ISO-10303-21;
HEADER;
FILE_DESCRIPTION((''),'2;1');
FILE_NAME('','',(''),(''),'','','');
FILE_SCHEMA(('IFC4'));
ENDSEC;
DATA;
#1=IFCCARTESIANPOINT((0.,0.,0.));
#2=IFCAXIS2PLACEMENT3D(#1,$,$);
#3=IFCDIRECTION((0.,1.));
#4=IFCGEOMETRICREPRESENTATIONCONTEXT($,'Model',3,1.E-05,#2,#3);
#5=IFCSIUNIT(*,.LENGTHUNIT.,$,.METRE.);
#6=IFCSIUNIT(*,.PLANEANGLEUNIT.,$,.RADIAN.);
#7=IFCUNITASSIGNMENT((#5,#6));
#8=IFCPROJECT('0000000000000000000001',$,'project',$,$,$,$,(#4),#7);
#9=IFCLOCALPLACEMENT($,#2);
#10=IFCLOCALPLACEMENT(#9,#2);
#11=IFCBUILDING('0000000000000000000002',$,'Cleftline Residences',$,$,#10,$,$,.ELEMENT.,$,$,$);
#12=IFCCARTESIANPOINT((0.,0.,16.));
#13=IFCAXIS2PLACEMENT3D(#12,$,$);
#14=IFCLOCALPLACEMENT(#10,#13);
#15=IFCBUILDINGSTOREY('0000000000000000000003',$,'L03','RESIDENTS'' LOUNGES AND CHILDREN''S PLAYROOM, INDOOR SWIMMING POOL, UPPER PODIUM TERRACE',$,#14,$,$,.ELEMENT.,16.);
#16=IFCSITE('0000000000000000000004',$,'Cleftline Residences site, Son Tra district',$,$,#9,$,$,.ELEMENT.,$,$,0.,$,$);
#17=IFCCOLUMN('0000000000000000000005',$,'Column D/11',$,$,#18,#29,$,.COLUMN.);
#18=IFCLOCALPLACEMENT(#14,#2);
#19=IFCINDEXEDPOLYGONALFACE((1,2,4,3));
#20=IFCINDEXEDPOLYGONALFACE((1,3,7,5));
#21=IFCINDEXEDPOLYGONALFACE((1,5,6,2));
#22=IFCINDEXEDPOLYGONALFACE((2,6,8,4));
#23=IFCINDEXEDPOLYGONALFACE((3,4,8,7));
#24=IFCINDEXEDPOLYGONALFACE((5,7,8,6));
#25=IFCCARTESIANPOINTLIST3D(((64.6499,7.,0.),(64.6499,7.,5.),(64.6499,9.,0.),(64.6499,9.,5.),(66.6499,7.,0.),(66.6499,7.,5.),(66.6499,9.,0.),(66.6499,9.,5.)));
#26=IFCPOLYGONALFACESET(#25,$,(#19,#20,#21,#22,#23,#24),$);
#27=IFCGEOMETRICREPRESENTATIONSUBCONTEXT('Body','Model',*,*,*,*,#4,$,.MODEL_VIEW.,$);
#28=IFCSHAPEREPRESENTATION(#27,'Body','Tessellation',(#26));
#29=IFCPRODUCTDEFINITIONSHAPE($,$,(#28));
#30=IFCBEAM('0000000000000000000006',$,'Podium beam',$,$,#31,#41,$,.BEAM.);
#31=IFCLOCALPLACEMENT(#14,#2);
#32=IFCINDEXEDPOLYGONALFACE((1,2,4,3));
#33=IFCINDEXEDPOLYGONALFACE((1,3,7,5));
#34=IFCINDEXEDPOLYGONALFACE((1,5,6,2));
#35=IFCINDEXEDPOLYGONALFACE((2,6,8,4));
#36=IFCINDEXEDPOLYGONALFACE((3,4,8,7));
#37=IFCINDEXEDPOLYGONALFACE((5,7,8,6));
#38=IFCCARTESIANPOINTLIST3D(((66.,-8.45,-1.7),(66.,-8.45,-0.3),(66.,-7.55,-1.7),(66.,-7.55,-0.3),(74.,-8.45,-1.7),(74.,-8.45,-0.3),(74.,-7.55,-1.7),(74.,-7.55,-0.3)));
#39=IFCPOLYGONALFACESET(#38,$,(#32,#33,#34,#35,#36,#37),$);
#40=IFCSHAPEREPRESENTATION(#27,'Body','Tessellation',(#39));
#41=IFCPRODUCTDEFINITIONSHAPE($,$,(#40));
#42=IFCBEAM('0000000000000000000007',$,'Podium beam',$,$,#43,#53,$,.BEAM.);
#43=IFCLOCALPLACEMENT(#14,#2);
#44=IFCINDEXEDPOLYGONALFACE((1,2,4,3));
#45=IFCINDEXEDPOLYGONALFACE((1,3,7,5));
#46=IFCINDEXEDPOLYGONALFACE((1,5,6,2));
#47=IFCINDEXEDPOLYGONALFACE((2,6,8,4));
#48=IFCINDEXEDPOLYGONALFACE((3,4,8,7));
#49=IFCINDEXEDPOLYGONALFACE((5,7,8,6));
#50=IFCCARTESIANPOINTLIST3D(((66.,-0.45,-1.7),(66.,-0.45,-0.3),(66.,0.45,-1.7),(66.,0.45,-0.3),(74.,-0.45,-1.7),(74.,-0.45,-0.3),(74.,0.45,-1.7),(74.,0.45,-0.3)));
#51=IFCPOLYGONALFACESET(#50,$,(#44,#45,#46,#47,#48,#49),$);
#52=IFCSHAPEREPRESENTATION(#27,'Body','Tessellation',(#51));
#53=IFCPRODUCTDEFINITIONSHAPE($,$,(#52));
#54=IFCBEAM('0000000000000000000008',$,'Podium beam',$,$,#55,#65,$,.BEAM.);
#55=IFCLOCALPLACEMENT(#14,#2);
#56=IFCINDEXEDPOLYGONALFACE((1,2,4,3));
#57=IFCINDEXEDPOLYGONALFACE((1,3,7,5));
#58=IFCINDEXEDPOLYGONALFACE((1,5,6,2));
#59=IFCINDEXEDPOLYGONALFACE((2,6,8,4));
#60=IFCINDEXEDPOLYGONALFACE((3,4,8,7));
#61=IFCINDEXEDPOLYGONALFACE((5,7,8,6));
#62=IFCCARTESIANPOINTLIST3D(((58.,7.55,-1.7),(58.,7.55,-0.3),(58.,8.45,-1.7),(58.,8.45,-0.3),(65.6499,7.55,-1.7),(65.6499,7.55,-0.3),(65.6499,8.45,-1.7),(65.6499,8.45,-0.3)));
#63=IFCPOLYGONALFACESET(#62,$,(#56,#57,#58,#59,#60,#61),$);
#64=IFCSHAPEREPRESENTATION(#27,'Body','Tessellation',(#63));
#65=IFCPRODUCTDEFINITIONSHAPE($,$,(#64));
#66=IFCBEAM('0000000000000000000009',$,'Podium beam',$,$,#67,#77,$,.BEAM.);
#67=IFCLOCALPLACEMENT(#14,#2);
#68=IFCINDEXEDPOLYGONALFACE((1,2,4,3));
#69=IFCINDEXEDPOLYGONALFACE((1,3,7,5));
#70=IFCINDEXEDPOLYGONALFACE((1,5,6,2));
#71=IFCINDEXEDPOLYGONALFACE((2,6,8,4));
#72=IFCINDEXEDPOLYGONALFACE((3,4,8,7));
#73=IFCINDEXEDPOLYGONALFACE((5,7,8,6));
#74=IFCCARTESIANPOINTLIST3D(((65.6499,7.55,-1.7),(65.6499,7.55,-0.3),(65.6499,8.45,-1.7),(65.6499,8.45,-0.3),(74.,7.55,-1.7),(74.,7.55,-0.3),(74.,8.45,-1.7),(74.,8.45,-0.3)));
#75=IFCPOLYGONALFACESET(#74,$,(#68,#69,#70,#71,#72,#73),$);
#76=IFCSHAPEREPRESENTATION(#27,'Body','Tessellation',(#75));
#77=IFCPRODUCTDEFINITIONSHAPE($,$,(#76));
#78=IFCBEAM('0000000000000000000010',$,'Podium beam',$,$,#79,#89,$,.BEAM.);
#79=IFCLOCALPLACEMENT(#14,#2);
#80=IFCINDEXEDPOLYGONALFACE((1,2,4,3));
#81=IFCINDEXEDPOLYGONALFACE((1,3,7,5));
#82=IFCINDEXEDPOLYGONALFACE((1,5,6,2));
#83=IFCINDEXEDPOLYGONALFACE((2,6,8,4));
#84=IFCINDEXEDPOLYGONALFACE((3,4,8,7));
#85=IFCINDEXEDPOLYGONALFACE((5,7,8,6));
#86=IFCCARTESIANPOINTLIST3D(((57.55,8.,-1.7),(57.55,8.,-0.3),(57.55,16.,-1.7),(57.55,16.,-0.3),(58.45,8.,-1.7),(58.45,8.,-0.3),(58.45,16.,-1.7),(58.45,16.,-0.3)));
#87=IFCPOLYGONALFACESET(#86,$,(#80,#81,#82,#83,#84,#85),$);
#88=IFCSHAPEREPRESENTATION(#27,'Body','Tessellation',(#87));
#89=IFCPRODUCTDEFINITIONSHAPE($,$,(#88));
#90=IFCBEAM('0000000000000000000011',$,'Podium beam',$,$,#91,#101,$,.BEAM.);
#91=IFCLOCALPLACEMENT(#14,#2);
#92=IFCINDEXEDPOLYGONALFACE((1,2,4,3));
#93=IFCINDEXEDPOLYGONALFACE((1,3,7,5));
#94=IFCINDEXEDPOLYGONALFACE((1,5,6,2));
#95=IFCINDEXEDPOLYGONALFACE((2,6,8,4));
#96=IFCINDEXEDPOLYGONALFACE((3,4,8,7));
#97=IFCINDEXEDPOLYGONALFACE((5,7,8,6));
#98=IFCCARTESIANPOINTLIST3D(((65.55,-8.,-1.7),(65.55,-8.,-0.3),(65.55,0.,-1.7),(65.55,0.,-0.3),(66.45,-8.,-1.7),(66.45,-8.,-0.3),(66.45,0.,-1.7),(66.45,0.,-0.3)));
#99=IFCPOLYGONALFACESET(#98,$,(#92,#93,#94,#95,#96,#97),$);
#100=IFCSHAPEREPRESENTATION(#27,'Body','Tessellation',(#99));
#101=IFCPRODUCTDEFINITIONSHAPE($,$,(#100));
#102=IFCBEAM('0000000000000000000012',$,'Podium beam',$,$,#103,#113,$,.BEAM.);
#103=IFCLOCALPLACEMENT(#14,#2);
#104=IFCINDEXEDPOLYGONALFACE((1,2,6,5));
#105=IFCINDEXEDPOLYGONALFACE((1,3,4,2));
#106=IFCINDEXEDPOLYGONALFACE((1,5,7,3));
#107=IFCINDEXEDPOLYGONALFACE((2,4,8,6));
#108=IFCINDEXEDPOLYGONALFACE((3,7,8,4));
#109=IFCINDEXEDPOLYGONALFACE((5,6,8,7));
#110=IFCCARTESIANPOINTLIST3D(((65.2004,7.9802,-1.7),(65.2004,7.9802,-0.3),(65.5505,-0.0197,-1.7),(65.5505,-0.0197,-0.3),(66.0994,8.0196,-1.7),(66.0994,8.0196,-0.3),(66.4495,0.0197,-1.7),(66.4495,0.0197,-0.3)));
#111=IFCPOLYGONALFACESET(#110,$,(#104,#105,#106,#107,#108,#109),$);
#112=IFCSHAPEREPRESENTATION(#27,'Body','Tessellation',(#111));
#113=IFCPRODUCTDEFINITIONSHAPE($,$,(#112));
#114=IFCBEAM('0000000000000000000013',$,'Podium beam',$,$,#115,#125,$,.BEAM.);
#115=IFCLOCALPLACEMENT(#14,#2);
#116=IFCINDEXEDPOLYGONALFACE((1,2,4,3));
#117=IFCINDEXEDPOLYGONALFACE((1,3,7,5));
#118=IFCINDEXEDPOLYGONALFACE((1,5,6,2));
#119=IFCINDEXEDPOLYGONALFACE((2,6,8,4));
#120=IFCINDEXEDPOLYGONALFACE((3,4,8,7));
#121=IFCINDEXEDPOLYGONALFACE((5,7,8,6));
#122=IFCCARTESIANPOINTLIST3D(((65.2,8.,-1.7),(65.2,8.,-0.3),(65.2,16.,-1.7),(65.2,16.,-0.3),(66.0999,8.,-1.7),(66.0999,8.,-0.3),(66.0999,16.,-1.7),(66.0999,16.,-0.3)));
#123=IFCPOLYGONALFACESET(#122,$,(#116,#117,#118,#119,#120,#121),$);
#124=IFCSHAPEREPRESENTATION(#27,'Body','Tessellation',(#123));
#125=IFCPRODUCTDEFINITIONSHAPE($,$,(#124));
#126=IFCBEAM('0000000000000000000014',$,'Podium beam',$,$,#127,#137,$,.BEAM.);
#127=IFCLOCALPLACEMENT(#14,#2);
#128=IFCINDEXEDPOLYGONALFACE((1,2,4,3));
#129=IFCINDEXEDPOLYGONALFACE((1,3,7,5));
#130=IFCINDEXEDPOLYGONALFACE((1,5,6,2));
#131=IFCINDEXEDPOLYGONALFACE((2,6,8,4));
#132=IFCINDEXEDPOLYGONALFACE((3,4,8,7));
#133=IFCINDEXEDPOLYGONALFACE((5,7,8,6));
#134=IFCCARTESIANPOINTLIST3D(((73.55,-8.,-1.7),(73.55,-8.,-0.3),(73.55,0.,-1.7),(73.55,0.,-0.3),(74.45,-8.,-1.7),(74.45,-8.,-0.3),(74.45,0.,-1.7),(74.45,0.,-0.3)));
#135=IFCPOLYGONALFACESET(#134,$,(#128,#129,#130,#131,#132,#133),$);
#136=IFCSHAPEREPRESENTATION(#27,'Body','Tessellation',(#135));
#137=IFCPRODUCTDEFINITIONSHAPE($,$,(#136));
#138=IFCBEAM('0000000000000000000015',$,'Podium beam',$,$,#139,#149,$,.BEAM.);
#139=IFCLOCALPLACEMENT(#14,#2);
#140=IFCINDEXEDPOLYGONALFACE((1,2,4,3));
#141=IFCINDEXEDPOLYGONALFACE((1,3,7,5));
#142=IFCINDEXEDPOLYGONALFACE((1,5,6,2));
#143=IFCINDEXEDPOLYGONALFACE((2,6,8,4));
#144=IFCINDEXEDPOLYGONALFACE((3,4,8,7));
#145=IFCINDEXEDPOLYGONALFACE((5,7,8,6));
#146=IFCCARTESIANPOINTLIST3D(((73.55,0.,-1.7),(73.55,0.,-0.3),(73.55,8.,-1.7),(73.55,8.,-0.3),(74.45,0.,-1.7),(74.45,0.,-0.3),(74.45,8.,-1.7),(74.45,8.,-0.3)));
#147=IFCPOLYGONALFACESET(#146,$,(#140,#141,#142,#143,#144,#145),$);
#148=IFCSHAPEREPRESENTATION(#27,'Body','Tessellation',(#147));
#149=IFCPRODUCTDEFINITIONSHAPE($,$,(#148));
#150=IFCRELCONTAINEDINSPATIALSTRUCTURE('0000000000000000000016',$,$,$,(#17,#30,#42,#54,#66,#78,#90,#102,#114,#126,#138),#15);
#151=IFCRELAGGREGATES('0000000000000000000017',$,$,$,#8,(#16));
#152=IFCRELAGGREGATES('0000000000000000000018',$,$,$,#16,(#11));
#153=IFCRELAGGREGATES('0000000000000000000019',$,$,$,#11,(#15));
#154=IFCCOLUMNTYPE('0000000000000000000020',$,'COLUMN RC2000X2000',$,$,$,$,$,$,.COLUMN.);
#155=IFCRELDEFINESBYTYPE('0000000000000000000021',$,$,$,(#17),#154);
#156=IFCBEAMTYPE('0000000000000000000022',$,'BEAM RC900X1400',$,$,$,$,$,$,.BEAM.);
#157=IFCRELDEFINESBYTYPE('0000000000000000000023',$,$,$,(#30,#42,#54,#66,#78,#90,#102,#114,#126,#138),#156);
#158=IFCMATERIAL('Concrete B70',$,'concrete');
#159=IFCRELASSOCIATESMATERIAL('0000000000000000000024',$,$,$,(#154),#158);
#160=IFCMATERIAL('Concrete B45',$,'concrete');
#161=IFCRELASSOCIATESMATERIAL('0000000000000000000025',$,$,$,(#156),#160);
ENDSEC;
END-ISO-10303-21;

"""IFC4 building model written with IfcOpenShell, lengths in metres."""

from ifc_helpers import new_model, si_unit, direction, frame, origin, origin_2d, place, context, subcontext, project, spatial, rectangle, extrude, material, material_profile, profile_set, type_object, element, save


model = new_model("IFC4")

# Units and contexts
model_context = context("Model", 3, precision=1e-05, world=origin(), true_north=direction((0.0, 1.0)))
body_context = subcontext(model_context, "Body", "Model", "MODEL_VIEW")
ifc_project = project(units=[si_unit("LENGTHUNIT", "METRE"), si_unit("PLANEANGLEUNIT", "RADIAN")], contexts=[model_context])

# Site, building, storey
site_placement = place(None, origin())
site = spatial("IfcSite", under=ifc_project, at=site_placement, Name="Cleftline Residences site, Son Tra district", CompositionType="ELEMENT", RefElevation=0.0)
building_placement = place(site_placement, origin())
building = spatial("IfcBuilding", under=site, at=building_placement, Name="Cleftline Residences", CompositionType="ELEMENT")
storey_placement = place(building_placement, frame((0.0, 0.0, 16.0)))
storey = spatial("IfcBuildingStorey", under=building, at=storey_placement, Name="L03", Description="RESIDENTS' LOUNGES AND CHILDREN'S PLAYROOM, INDOOR SWIMMING POOL, UPPER PODIUM TERRACE", CompositionType="ELEMENT", Elevation=16.0)

# Column
ifc_material_1 = material(Name="Concrete B70", Category="concrete")
ifc_material_profile_1 = material_profile(ifc_material_1, rectangle(XDim=2.0, YDim=2.0, at=origin_2d()))
ifc_profile_set_1 = profile_set([ifc_material_profile_1], Name="Concrete B70")
column_type = type_object("IfcColumnType", Name="COLUMN RC2000X2000", PredefinedType="COLUMN", material=ifc_profile_set_1)
column_placement = place(storey_placement, frame((65.6499, 8.0, 0.0), z_axis=(0.0, 0.0, 1.0), x_axis=(1.0, 0.0, 0.0)))
element("IfcColumn", 1, at=column_placement, inside=storey, type_object=column_type, Name="Column D/11", PredefinedType="COLUMN", context=body_context, shape_type="SweptSolid", body=[
    extrude(rectangle(XDim=2.0, YDim=2.0, at=origin_2d()), origin(), (0.0, 0.0, 1.0), 5.0),
])

# Beams
ifc_material_2 = material(Name="Concrete B45", Category="concrete")
ifc_material_profile_2 = material_profile(ifc_material_2, rectangle(XDim=0.8999, YDim=1.3999, at=origin_2d()))
ifc_profile_set_2 = profile_set([ifc_material_profile_2], Name="Concrete B45")
beam_type = type_object("IfcBeamType", Name="BEAM RC900X1400", PredefinedType="BEAM", material=ifc_profile_set_2)
for number, where, z_axis, x_axis, name in (
    (2, (66.0, -8.0, -1.0), (1.0, 0.0, 0.0), (0.0, 1.0, 0.0), "Podium beam"),
    (3, (66.0, 0.0, -1.0), (1.0, 0.0, 0.0), (0.0, 1.0, 0.0), "Podium beam"),
):
    element("IfcBeam", number, at=place(storey_placement, frame(where, z_axis=z_axis, x_axis=x_axis)), inside=storey, type_object=beam_type, Name=name, PredefinedType="BEAM", context=body_context, shape_type="SweptSolid", body=[
        extrude(rectangle(XDim=0.8999, YDim=1.3999, at=origin_2d()), origin(), (0.0, 0.0, 1.0), 8.0),
    ])
beam_1_placement = place(storey_placement, frame((58.0, 8.0, -1.0), z_axis=(1.0, 0.0, 0.0), x_axis=(0.0, 1.0, 0.0)))
element("IfcBeam", 4, at=beam_1_placement, inside=storey, type_object=beam_type, Name="Podium beam", PredefinedType="BEAM", context=body_context, shape_type="SweptSolid", body=[
    extrude(rectangle(XDim=0.8999, YDim=1.3999, at=origin_2d()), origin(), (0.0, 0.0, 1.0), 7.6499),
])
beam_2_placement = place(storey_placement, frame((65.6499, 8.0, -1.0), z_axis=(1.0, 0.0, 0.0), x_axis=(0.0, 1.0, 0.0)))
element("IfcBeam", 5, at=beam_2_placement, inside=storey, type_object=beam_type, Name="Podium beam", PredefinedType="BEAM", context=body_context, shape_type="SweptSolid", body=[
    extrude(rectangle(XDim=0.8999, YDim=1.3999, at=origin_2d()), origin(), (0.0, 0.0, 1.0), 8.3501),
])
for number, where, z_axis, x_axis, name in (
    (6, (58.0, 8.0, -1.0), (0.0, 1.0, 0.0), (-1.0, 0.0, 0.0), "Podium beam"),
    (7, (66.0, -8.0, -1.0), (0.0, 1.0, 0.0), (-1.0, 0.0, 0.0), "Podium beam"),
):
    element("IfcBeam", number, at=place(storey_placement, frame(where, z_axis=z_axis, x_axis=x_axis)), inside=storey, type_object=beam_type, Name=name, PredefinedType="BEAM", context=body_context, shape_type="SweptSolid", body=[
        extrude(rectangle(XDim=0.8999, YDim=1.3999, at=origin_2d()), origin(), (0.0, 0.0, 1.0), 8.0),
    ])
beam_3_placement = place(storey_placement, frame((66.0, 0.0, -1.0), z_axis=(-0.04372, 0.999044, 0.0), x_axis=(-0.999044, -0.04372, 0.0)))
element("IfcBeam", 8, at=beam_3_placement, inside=storey, type_object=beam_type, Name="Podium beam", PredefinedType="BEAM", context=body_context, shape_type="SweptSolid", body=[
    extrude(rectangle(XDim=0.8999, YDim=1.3999, at=origin_2d()), origin(), (0.0, 0.0, 1.0), 8.0076),
])
for number, where, z_axis, x_axis, name in (
    (9, (65.6499, 8.0, -1.0), (0.0, 1.0, 0.0), (-1.0, 0.0, 0.0), "Podium beam"),
    (10, (74.0, -8.0, -1.0), (0.0, 1.0, 0.0), (-1.0, 0.0, 0.0), "Podium beam"),
    (11, (74.0, 0.0, -1.0), (0.0, 1.0, 0.0), (-1.0, 0.0, 0.0), "Podium beam"),
):
    element("IfcBeam", number, at=place(storey_placement, frame(where, z_axis=z_axis, x_axis=x_axis)), inside=storey, type_object=beam_type, Name=name, PredefinedType="BEAM", context=body_context, shape_type="SweptSolid", body=[
        extrude(rectangle(XDim=0.8999, YDim=1.3999, at=origin_2d()), origin(), (0.0, 0.0, 1.0), 8.0),
    ])

save(model, "model.ifc")
